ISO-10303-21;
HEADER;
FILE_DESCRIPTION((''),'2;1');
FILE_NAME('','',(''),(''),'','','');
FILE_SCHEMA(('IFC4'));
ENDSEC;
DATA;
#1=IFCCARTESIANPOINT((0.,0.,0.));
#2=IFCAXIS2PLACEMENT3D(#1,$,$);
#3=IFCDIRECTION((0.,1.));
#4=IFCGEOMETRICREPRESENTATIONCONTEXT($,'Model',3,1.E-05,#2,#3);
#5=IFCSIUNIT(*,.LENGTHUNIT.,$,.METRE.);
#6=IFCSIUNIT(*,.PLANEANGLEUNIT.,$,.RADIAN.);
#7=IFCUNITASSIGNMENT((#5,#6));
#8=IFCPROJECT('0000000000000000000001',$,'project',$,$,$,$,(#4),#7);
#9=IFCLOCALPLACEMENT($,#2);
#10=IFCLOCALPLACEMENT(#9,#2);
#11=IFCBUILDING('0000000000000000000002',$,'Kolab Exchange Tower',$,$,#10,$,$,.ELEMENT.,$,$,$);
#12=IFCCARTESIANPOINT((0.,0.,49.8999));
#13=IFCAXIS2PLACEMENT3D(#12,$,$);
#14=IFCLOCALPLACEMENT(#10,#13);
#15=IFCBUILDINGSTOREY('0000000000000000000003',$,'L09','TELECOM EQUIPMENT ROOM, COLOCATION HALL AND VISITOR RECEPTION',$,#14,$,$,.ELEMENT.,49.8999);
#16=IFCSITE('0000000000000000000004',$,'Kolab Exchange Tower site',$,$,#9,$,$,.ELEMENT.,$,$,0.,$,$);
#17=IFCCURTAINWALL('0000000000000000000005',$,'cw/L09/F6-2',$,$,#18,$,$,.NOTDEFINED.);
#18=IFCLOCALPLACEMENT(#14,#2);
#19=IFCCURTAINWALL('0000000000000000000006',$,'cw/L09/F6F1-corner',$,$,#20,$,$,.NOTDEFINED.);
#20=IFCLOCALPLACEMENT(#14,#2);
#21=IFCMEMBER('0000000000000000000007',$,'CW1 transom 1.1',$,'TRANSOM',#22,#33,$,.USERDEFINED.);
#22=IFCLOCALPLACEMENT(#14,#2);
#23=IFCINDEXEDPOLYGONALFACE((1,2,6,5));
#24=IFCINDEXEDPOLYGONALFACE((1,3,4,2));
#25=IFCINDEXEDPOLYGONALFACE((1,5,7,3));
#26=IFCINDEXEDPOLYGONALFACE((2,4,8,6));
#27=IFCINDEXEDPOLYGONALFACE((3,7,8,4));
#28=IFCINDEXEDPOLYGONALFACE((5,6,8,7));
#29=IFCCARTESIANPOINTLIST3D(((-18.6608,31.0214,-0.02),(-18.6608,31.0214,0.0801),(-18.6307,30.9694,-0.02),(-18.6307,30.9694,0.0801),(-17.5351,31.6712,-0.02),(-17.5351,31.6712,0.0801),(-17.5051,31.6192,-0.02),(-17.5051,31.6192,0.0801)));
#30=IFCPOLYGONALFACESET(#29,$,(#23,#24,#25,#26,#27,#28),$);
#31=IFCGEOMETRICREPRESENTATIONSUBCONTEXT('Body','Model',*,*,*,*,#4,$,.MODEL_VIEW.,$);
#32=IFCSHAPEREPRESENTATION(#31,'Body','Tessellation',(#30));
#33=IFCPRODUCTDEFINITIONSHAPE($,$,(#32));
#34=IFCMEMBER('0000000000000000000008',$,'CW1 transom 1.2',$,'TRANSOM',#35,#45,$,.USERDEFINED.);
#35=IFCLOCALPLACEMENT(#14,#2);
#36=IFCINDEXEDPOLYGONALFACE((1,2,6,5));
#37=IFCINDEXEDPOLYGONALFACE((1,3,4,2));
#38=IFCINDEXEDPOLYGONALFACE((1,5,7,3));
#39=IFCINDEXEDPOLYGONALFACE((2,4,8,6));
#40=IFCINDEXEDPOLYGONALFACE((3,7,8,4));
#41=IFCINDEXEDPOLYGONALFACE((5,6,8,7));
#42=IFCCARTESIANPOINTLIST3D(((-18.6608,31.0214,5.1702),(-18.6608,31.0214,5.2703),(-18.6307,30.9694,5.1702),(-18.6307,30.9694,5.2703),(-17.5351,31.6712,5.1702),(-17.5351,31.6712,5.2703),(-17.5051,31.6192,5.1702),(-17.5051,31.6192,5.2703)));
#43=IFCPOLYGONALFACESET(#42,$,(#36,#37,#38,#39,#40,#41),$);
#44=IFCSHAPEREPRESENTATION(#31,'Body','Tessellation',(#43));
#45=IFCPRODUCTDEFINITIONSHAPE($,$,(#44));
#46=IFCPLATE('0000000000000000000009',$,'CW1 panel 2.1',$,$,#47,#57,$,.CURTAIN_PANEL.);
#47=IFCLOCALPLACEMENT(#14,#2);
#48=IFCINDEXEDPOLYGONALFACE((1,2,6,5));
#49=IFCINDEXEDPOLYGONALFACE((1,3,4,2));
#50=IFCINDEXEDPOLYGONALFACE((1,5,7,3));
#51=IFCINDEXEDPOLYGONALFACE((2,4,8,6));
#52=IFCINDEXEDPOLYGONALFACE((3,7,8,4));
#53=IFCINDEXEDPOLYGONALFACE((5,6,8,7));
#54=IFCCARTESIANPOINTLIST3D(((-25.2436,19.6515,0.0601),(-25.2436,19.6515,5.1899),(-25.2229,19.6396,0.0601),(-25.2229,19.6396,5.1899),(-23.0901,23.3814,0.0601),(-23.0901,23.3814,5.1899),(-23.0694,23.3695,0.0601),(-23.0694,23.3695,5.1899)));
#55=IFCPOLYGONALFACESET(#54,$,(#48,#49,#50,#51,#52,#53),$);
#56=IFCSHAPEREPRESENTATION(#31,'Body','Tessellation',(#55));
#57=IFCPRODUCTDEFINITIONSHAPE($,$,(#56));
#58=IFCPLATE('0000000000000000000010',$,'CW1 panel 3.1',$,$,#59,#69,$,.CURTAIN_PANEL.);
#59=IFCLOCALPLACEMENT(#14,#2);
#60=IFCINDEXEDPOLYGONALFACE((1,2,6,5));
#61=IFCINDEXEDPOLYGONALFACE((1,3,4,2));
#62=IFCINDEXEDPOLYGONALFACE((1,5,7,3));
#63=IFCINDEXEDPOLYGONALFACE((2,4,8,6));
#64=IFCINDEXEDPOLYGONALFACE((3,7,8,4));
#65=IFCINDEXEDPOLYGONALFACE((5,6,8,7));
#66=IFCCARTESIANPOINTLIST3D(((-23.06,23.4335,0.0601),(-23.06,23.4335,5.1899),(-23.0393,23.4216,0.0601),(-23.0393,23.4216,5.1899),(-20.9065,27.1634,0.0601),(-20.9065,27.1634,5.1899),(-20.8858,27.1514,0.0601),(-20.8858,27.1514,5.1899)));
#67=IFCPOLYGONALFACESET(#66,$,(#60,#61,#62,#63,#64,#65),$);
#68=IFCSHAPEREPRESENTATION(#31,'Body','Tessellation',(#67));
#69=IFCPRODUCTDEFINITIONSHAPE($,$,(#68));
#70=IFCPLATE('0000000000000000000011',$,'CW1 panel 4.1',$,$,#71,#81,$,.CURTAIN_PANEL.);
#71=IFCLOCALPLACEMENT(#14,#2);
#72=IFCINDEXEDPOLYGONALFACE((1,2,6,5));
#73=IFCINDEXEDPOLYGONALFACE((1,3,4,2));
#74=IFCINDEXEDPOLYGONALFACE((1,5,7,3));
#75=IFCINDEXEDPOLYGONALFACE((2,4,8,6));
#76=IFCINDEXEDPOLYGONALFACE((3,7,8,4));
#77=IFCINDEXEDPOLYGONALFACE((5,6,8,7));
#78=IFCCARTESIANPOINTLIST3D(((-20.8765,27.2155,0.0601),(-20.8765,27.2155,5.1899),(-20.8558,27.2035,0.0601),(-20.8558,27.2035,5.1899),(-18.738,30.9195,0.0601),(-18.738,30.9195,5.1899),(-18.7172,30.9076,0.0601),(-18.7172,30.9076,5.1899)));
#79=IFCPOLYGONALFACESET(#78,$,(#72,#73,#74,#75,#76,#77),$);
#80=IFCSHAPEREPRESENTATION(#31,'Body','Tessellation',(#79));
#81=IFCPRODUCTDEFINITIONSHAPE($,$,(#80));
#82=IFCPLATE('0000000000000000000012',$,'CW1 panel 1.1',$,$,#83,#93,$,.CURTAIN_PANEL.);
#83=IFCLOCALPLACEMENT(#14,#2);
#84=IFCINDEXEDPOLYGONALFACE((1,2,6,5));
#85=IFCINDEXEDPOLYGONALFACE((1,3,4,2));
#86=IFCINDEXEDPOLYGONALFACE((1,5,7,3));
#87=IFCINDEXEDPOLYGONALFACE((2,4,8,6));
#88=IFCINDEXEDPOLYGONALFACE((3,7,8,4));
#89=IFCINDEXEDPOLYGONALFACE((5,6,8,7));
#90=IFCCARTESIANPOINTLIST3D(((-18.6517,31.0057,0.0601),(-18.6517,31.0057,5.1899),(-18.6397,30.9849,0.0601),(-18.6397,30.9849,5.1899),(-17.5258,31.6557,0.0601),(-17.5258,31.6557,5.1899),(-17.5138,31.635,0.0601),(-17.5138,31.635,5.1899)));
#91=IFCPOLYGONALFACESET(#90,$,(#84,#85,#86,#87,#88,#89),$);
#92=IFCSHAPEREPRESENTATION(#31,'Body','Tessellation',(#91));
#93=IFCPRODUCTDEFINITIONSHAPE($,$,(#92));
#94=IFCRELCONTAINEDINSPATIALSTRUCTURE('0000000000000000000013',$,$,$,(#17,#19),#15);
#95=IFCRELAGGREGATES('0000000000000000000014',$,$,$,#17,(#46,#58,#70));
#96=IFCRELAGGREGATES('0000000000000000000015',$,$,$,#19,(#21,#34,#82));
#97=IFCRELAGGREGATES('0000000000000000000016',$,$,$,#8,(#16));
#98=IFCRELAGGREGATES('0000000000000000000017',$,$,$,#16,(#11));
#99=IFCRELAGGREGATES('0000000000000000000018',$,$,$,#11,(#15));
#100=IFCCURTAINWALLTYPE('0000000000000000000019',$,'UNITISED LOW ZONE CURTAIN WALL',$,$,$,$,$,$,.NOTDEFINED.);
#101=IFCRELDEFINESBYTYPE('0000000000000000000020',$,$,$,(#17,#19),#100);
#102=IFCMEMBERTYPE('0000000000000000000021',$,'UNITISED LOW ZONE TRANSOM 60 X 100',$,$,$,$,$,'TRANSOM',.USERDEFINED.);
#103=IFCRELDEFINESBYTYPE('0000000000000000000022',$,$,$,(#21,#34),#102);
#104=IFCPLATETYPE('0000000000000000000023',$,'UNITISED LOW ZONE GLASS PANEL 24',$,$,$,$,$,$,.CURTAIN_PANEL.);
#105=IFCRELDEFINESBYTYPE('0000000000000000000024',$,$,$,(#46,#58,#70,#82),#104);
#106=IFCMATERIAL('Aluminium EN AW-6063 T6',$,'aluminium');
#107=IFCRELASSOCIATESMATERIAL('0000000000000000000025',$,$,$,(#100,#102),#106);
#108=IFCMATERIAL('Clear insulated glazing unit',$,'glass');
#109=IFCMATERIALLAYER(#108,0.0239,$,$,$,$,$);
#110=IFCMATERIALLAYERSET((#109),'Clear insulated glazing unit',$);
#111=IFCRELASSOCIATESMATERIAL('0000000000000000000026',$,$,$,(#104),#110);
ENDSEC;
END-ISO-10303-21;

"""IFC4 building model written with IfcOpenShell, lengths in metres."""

from ifc_helpers import new_model, si_unit, direction, frame, origin, origin_2d, place, context, subcontext, project, spatial, rectangle, extrude, material, layer, layer_set, material_profile, profile_set, type_object, element, aggregate, save


model = new_model("IFC4")

# Units and contexts
model_context = context("Model", 3, precision=1e-05, world=origin(), true_north=direction((0.0, 1.0)))
body_context = subcontext(model_context, "Body", "Model", "MODEL_VIEW")
ifc_project = project(units=[si_unit("LENGTHUNIT", "METRE"), si_unit("PLANEANGLEUNIT", "RADIAN")], contexts=[model_context])

# Site, building, storey
site_placement = place(None, origin())
site = spatial("IfcSite", under=ifc_project, at=site_placement, Name="Kolab Exchange Tower site", CompositionType="ELEMENT", RefElevation=0.0)
building_placement = place(site_placement, origin())
building = spatial("IfcBuilding", under=site, at=building_placement, Name="Kolab Exchange Tower", CompositionType="ELEMENT")
storey_placement = place(building_placement, frame((0.0, 0.0, 49.8999)))
storey = spatial("IfcBuildingStorey", under=building, at=storey_placement, Name="L09", Description="TELECOM EQUIPMENT ROOM, COLOCATION HALL AND VISITOR RECEPTION", CompositionType="ELEMENT", Elevation=49.8999)

# Curtain wall
ifc_material_1 = material(Name="Aluminium EN AW-6063 T6", Category="aluminium")
curtain_wall_type = type_object("IfcCurtainWallType", Name="UNITISED LOW ZONE CURTAIN WALL", PredefinedType="NOTDEFINED", material=ifc_material_1)
curtain_wall_1_placement = place(storey_placement, origin())
curtain_wall_1 = element("IfcCurtainWall", 1, at=curtain_wall_1_placement, inside=storey, type_object=curtain_wall_type, Name="cw/L09/F6-2", PredefinedType="NOTDEFINED")

# Curtain wall
curtain_wall_2_placement = place(storey_placement, origin())
curtain_wall_2 = element("IfcCurtainWall", 2, at=curtain_wall_2_placement, inside=storey, type_object=curtain_wall_type, Name="cw/L09/F6F1-corner", PredefinedType="NOTDEFINED")

# Members
ifc_material_profile_1 = material_profile(ifc_material_1, rectangle(XDim=0.0601, YDim=0.1001, at=origin_2d()), Name="RECT 60X100")
ifc_profile_set_1 = profile_set([ifc_material_profile_1], Name="Aluminium EN AW-6063 T6")
member_type_1 = type_object("IfcMemberType", Name="UNITISED LOW ZONE TRANSOM 60 X 100", ElementType="TRANSOM", PredefinedType="USERDEFINED", material=ifc_profile_set_1)
member_1_placement = place(storey_placement, frame((-18.6458, 30.9954, 0.03), z_axis=(0.866039, 0.499977, 0.0), x_axis=(-0.499977, 0.866039, 0.0)))
member_1 = element("IfcMember", 3, at=member_1_placement, type_object=member_type_1, Name="CW1 transom 1.1", ObjectType="TRANSOM", PredefinedType="USERDEFINED", context=body_context, shape_type="SweptSolid", body=[
    extrude(rectangle(XDim=0.0601, YDim=0.1001, at=origin_2d()), origin(), (0.0, 0.0, 1.0), 1.2998),
])
member_2_placement = place(storey_placement, frame((-18.6458, 30.9954, 5.2202), z_axis=(0.866039, 0.499977, 0.0), x_axis=(-0.499977, 0.866039, 0.0)))
member_2 = element("IfcMember", 4, at=member_2_placement, type_object=member_type_1, Name="CW1 transom 1.2", ObjectType="TRANSOM", PredefinedType="USERDEFINED", context=body_context, shape_type="SweptSolid", body=[
    extrude(rectangle(XDim=0.0601, YDim=0.1001, at=origin_2d()), origin(), (0.0, 0.0, 1.0), 1.2998),
])

# Plates
ifc_material_2 = material(Name="Clear insulated glazing unit", Category="glass")
ifc_layer = layer(ifc_material_2, 0.0239)
ifc_layer_set = layer_set([ifc_layer], Name="Clear insulated glazing unit")
plate_type = type_object("IfcPlateType", Name="UNITISED LOW ZONE GLASS PANEL 24", PredefinedType="CURTAIN_PANEL", material=ifc_layer_set)
plate_1_placement = place(storey_placement, frame((-24.1565, 21.5105, 0.0601), z_axis=(0.0, 0.0, 1.0), x_axis=(0.5, 0.866025, 0.0)))
plate_1 = element("IfcPlate", 5, at=plate_1_placement, type_object=plate_type, Name="CW1 panel 2.1", PredefinedType="CURTAIN_PANEL", context=body_context, shape_type="SweptSolid", body=[
    extrude(rectangle(XDim=4.3069, YDim=0.0239, at=origin_2d()), origin(), (0.0, 0.0, 1.0), 5.1299),
])
plate_2_placement = place(storey_placement, frame((-21.9729, 25.2925, 0.0601), z_axis=(0.0, 0.0, 1.0), x_axis=(0.5, 0.866025, 0.0)))
plate_2 = element("IfcPlate", 6, at=plate_2_placement, type_object=plate_type, Name="CW1 panel 3.1", PredefinedType="CURTAIN_PANEL", context=body_context, shape_type="SweptSolid", body=[
    extrude(rectangle(XDim=4.3069, YDim=0.0239, at=origin_2d()), origin(), (0.0, 0.0, 1.0), 5.1299),
])
plate_3_placement = place(storey_placement, frame((-19.7969, 29.0615, 0.0601), z_axis=(0.0, 0.0, 1.0), x_axis=(0.5, 0.866025, 0.0)))
plate_3 = element("IfcPlate", 7, at=plate_3_placement, type_object=plate_type, Name="CW1 panel 4.1", PredefinedType="CURTAIN_PANEL", context=body_context, shape_type="SweptSolid", body=[
    extrude(rectangle(XDim=4.2771, YDim=0.0239, at=origin_2d()), origin(), (0.0, 0.0, 1.0), 5.1299),
])
aggregate(curtain_wall_1, [plate_1, plate_2, plate_3])
plate_4_placement = place(storey_placement, frame((-18.0828, 31.3203, 0.0601), z_axis=(0.0, 0.0, 1.0), x_axis=(0.866025, 0.5, 0.0)))
plate_4 = element("IfcPlate", 8, at=plate_4_placement, type_object=plate_type, Name="CW1 panel 1.1", PredefinedType="CURTAIN_PANEL", context=body_context, shape_type="SweptSolid", body=[
    extrude(rectangle(XDim=1.3, YDim=0.0239, at=origin_2d()), origin(), (0.0, 0.0, 1.0), 5.1299),
])
aggregate(curtain_wall_2, [member_1, member_2, plate_4])

save(model, "model.ifc")
